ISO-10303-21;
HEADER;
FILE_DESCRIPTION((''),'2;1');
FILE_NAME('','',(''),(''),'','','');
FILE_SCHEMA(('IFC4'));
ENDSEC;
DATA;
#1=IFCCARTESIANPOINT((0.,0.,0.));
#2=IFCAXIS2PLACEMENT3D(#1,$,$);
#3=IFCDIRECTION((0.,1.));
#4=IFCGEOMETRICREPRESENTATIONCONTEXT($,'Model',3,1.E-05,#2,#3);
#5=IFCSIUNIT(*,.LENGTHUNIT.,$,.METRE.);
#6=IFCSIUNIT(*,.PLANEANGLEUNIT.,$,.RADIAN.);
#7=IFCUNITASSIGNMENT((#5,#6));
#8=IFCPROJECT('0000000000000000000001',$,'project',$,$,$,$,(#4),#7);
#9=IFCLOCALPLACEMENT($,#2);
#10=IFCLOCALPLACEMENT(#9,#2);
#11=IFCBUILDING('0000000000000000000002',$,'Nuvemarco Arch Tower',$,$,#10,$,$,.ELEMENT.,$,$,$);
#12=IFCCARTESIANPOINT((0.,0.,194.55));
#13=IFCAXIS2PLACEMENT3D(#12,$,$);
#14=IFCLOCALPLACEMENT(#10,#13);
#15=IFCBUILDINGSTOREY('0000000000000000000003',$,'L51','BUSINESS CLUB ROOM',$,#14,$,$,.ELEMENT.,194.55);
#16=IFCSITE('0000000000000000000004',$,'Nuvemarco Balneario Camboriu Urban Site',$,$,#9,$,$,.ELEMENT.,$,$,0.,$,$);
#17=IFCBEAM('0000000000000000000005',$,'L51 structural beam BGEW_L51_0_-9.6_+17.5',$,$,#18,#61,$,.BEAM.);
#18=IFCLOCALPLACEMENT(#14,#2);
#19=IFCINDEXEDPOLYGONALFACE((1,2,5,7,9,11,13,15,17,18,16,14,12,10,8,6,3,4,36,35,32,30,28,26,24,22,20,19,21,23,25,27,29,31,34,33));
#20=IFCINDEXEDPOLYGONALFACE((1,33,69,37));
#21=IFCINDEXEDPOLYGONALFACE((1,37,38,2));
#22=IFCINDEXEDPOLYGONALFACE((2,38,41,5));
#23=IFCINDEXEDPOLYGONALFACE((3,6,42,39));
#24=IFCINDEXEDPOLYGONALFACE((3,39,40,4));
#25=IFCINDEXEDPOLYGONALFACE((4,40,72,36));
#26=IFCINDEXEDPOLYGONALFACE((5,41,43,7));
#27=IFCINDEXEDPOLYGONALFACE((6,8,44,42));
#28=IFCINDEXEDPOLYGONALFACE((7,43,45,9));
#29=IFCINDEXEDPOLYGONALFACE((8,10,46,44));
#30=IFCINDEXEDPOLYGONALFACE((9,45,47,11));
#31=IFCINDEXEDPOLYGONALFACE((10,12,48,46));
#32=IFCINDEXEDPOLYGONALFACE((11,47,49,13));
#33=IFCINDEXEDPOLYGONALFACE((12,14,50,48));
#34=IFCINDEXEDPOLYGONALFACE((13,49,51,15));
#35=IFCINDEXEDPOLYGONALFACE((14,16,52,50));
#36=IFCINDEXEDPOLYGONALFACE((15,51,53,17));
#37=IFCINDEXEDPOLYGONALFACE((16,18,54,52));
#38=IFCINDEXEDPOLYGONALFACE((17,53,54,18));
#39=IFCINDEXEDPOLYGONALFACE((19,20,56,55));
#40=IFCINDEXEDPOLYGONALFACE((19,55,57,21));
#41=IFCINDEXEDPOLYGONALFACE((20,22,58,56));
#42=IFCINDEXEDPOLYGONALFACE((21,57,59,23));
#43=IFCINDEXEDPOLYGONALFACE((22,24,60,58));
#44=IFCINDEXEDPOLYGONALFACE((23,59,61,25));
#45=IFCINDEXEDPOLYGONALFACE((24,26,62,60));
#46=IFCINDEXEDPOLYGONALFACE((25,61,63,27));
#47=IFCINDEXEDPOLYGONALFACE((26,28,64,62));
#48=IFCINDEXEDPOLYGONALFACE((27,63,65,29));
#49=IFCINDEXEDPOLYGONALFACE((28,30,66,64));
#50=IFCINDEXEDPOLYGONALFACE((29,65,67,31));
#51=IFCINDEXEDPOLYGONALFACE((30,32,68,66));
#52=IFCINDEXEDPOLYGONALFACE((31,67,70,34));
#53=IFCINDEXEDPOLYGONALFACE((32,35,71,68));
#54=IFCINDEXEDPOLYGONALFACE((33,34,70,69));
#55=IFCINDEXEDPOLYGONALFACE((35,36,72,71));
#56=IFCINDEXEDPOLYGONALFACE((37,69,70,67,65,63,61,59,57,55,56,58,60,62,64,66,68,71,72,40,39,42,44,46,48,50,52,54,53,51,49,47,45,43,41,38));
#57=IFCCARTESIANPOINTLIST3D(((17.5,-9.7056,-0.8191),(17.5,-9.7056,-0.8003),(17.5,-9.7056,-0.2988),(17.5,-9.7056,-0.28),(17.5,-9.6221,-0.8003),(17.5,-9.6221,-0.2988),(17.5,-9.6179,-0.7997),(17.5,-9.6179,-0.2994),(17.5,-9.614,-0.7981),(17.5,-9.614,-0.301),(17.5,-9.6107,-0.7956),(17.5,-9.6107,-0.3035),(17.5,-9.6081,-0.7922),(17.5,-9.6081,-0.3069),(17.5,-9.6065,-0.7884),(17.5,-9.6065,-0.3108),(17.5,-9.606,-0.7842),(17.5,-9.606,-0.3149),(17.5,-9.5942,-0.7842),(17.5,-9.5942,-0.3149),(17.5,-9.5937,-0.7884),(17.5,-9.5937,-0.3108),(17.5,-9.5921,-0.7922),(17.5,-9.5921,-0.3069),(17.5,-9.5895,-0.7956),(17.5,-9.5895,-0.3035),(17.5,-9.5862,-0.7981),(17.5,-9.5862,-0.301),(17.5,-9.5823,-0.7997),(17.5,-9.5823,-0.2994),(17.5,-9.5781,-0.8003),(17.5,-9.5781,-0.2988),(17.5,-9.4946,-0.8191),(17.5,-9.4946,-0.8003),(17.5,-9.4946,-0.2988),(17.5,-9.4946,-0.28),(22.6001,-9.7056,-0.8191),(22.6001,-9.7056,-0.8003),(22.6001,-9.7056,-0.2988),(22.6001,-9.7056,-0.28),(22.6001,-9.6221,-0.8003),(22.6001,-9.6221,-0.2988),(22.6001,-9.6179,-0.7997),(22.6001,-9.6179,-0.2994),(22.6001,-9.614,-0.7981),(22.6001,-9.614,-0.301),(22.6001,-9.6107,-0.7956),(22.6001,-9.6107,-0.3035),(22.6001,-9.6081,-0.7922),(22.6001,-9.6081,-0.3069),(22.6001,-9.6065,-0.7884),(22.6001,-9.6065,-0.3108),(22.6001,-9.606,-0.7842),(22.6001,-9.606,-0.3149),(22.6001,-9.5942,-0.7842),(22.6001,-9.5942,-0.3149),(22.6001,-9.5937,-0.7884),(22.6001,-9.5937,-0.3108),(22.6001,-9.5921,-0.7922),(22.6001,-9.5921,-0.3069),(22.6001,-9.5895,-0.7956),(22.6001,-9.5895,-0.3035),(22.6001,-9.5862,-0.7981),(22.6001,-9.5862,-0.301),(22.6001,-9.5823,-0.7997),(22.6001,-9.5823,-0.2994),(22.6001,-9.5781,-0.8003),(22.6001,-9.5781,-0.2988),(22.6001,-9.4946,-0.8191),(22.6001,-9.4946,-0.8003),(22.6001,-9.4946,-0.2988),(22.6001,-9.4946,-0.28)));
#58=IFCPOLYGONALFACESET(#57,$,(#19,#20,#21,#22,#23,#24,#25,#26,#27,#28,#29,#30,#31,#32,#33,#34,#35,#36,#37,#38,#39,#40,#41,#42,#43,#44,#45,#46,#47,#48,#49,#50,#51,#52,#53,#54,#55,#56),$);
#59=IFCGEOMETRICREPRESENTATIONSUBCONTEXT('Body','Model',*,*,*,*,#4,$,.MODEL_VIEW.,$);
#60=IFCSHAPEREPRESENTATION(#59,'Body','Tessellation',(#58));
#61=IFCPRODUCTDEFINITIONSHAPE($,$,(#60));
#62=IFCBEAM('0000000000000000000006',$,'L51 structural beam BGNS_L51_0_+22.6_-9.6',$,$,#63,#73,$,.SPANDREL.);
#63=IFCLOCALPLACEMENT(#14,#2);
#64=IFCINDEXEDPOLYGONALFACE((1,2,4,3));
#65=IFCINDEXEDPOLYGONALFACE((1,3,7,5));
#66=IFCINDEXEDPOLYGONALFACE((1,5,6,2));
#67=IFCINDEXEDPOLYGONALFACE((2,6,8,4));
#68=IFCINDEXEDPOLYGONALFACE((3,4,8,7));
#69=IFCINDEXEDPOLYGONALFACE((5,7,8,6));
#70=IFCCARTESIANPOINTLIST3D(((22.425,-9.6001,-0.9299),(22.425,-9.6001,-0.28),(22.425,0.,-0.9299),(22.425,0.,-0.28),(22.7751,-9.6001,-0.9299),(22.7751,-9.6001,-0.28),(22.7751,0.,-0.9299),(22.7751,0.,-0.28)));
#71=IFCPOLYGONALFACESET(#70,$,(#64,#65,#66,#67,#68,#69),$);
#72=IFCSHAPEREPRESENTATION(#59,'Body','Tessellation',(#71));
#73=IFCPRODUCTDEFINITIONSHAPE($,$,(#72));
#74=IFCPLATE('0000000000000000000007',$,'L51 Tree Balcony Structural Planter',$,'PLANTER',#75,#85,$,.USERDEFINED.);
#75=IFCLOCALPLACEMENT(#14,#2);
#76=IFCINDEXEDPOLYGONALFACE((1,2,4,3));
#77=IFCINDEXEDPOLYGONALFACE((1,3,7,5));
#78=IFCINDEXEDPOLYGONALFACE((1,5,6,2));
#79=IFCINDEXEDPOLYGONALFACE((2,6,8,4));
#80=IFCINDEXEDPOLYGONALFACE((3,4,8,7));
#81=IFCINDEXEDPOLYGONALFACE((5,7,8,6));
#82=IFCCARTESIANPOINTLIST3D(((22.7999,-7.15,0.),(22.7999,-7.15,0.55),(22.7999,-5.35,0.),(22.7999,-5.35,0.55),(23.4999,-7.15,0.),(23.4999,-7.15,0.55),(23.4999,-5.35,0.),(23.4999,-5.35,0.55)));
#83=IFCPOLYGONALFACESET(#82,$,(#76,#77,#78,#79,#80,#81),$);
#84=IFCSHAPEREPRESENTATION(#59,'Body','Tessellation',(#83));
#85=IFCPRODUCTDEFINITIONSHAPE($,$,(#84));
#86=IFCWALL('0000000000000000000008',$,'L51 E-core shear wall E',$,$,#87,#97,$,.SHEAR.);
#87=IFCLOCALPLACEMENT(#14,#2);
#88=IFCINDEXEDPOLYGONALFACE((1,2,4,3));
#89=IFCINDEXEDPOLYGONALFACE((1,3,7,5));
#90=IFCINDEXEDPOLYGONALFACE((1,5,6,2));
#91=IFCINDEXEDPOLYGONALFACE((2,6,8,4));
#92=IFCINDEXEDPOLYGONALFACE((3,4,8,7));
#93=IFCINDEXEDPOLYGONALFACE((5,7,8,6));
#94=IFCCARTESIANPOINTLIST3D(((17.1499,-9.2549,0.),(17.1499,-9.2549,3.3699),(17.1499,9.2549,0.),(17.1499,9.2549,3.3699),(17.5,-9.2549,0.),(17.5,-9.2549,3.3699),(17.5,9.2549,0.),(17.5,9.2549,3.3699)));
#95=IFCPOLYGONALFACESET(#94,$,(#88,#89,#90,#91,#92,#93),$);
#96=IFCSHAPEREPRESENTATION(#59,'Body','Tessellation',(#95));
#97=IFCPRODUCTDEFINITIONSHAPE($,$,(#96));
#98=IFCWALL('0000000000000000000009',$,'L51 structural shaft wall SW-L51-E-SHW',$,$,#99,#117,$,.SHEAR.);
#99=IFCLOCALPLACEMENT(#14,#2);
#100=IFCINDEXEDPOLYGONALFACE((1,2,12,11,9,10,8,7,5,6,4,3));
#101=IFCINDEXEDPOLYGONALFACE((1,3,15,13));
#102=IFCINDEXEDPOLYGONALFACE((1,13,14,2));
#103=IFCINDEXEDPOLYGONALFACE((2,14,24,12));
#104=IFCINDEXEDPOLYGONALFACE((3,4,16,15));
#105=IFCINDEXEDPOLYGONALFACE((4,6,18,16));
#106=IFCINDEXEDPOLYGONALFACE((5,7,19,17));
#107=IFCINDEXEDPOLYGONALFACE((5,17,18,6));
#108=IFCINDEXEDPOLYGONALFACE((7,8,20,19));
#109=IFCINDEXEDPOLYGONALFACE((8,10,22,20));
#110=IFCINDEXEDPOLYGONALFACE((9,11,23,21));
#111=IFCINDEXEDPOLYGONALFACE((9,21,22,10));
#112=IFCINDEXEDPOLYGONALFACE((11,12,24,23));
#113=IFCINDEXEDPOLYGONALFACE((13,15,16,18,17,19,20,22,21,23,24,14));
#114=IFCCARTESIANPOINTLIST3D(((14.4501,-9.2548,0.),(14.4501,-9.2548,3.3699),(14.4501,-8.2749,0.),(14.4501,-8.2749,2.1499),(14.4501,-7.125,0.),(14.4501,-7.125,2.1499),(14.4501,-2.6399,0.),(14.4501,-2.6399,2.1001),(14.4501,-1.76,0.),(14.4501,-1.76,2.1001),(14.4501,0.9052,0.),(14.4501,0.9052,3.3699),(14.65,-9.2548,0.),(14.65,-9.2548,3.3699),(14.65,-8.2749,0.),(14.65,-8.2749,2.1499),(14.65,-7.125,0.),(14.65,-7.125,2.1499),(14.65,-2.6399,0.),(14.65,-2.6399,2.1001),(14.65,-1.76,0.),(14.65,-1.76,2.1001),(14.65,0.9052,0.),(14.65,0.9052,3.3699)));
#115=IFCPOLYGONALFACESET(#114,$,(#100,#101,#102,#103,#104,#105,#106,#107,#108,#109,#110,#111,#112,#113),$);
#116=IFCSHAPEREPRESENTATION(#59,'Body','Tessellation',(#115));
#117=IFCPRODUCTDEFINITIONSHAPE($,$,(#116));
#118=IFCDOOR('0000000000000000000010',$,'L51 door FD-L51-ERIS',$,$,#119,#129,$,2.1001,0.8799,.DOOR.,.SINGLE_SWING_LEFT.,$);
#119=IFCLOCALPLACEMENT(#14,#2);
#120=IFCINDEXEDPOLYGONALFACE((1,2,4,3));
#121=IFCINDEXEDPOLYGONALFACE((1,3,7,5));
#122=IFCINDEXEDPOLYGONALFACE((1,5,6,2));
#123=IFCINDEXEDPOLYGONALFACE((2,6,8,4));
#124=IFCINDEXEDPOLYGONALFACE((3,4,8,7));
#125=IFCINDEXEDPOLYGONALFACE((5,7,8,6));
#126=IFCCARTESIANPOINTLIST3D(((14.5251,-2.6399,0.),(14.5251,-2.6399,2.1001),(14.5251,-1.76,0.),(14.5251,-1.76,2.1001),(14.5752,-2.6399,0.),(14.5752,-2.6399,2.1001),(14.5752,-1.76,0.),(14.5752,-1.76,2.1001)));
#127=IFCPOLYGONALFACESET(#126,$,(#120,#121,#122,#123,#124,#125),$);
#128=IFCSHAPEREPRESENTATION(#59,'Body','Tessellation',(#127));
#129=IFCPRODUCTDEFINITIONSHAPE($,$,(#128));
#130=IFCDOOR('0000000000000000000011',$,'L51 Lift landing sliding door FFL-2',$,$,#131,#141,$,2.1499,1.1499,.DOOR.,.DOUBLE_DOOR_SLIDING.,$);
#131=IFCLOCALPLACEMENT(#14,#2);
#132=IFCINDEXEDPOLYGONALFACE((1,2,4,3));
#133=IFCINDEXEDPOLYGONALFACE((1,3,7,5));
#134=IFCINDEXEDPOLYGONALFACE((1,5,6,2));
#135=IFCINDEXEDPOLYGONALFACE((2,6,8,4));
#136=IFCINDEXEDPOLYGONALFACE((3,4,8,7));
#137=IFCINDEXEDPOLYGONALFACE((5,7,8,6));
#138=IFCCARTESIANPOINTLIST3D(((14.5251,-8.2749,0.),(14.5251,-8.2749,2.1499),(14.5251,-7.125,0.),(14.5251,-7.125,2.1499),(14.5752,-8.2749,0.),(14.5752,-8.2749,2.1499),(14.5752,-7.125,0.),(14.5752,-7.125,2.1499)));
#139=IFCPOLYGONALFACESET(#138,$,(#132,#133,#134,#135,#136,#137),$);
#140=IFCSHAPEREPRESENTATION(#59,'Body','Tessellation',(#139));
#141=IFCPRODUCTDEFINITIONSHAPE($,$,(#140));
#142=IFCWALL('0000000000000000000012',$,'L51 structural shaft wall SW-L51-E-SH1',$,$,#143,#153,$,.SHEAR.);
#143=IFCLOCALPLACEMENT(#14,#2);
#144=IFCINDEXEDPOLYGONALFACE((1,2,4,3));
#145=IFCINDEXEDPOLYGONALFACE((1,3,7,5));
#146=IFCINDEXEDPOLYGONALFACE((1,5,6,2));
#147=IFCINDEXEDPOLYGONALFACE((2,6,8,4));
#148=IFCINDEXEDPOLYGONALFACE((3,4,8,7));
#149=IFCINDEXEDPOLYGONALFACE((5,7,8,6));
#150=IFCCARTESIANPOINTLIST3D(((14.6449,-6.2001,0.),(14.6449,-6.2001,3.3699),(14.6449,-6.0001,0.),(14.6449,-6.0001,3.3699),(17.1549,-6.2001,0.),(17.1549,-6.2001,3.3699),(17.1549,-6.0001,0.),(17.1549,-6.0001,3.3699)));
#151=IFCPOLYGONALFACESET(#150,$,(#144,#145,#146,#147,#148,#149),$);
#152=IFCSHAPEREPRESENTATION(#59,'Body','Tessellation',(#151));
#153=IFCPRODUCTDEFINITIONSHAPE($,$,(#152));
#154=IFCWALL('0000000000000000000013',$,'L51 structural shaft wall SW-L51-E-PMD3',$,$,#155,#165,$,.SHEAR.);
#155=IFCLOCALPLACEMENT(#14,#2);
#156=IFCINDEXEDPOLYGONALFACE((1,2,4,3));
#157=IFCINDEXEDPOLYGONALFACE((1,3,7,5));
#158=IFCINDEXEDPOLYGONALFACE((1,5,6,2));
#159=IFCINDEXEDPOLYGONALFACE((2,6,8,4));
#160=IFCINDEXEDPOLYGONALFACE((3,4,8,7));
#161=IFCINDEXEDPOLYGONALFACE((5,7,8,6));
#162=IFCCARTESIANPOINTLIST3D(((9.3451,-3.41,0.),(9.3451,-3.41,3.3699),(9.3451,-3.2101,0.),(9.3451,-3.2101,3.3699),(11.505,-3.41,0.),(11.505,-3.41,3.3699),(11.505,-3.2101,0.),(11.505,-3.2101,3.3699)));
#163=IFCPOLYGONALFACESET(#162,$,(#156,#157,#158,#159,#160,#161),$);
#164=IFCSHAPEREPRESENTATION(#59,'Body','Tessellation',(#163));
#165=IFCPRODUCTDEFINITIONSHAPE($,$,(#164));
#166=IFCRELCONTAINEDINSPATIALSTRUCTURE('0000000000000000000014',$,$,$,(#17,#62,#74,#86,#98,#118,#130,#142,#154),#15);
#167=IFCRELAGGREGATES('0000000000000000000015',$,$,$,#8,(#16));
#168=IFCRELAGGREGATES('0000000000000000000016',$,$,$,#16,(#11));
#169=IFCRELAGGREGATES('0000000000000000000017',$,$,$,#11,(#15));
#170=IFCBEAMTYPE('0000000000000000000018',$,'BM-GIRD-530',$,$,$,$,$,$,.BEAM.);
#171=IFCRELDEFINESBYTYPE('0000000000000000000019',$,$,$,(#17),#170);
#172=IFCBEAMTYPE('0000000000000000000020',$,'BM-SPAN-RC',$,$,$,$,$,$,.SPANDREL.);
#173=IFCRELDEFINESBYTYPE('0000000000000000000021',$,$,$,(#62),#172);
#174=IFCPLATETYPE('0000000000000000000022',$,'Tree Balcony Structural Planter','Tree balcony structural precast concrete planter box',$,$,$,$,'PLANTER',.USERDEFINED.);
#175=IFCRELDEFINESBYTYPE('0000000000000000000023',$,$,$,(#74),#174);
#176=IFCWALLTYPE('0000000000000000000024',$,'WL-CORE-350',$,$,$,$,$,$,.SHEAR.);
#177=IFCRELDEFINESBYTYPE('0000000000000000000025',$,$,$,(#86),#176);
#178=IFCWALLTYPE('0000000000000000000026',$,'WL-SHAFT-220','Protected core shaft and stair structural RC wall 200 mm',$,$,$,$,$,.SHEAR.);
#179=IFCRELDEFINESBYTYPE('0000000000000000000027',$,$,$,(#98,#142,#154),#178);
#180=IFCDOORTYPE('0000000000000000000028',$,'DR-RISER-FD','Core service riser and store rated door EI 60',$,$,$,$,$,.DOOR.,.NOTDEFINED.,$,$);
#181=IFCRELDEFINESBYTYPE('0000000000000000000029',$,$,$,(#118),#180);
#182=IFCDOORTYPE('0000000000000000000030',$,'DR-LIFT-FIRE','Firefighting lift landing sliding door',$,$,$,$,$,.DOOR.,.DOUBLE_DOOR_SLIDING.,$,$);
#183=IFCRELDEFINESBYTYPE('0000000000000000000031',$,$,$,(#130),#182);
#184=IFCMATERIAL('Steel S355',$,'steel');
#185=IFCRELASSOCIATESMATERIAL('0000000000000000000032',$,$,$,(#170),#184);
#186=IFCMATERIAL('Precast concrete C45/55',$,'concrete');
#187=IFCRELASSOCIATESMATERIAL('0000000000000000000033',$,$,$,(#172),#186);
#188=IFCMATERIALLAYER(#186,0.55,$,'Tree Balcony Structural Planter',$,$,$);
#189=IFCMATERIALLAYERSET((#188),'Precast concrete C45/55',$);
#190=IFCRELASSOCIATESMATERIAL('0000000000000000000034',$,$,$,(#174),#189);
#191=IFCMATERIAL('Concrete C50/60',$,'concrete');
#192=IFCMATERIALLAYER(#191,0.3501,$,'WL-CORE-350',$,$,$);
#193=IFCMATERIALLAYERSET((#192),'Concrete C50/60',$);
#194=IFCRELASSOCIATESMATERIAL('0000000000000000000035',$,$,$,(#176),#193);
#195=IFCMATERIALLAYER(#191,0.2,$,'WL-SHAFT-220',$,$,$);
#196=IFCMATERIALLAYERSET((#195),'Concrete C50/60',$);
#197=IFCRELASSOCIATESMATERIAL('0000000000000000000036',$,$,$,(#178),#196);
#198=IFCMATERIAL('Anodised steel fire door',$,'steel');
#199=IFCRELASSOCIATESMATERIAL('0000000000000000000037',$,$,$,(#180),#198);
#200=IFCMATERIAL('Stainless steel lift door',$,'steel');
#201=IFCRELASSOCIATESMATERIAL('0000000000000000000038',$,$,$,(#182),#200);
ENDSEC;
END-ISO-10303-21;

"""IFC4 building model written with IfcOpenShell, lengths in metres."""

from ifc_helpers import new_model, si_unit, direction, frame, frame_2d, origin, origin_2d, place, context, subcontext, project, spatial, rectangle, i_section, extrude, source, transform, mapped, material, layer, layer_set, material_profile, profile_set, type_object, type_shapes, element, fill, save


model = new_model("IFC4")

# Units and contexts
model_context = context("Model", 3, precision=1e-05, world=origin(), true_north=direction((0.0, 1.0)))
body_context = subcontext(model_context, "Body", "Model", "MODEL_VIEW")
ifc_project = project(units=[si_unit("LENGTHUNIT", "METRE"), si_unit("PLANEANGLEUNIT", "RADIAN")], contexts=[model_context])

# Site, building, storey
site_placement = place(None, origin())
site = spatial("IfcSite", under=ifc_project, at=site_placement, Name="Nuvemarco Balneario Camboriu Urban Site", CompositionType="ELEMENT", RefElevation=0.0)
building_placement = place(site_placement, origin())
building = spatial("IfcBuilding", under=site, at=building_placement, Name="Nuvemarco Arch Tower", CompositionType="ELEMENT")
storey_placement = place(building_placement, frame((0.0, 0.0, 194.55)))
storey = spatial("IfcBuildingStorey", under=building, at=storey_placement, Name="L51", Description="BUSINESS CLUB ROOM", CompositionType="ELEMENT", Elevation=194.55)

# Shared definitions
ifc_material_1 = material(Name="Concrete C50/60", Category="concrete")
ifc_material_2 = material(Name="Steel S355", Category="steel")

# Beams
ifc_material_profile_1 = material_profile(ifc_material_2, i_section(OverallWidth=0.2109, OverallDepth=0.5391, WebThickness=0.0117, FlangeThickness=0.0188, FilletRadius=0.0161, at=origin_2d()), Name="W530x109")
ifc_profile_set_1 = profile_set([ifc_material_profile_1], Name="Steel S355")
beam_type_1 = type_object("IfcBeamType", Name="BM-GIRD-530", PredefinedType="BEAM", material=ifc_profile_set_1)
beam_1_placement = place(storey_placement, frame((17.5, -9.6001, -0.5496), z_axis=(1.0, 0.0, 0.0), x_axis=(0.0, 1.0, 0.0)))
element("IfcBeam", 1, at=beam_1_placement, inside=storey, type_object=beam_type_1, Name="L51 structural beam BGEW_L51_0_-9.6_+17.5", PredefinedType="BEAM", context=body_context, shape_type="SweptSolid", body=[
    extrude(i_section(OverallWidth=0.2109, OverallDepth=0.5391, WebThickness=0.0117, FlangeThickness=0.0188, FilletRadius=0.0161, at=origin_2d()), origin(), (0.0, 0.0, 1.0), 5.1001),
])
ifc_material_3 = material(Name="Precast concrete C45/55", Category="concrete")
ifc_material_profile_2 = material_profile(ifc_material_3, rectangle(XDim=0.3501, YDim=0.6499, at=origin_2d()), Name="PC-SP-350x650")
ifc_profile_set_2 = profile_set([ifc_material_profile_2], Name="Precast concrete C45/55")
beam_type_2 = type_object("IfcBeamType", Name="BM-SPAN-RC", PredefinedType="SPANDREL", material=ifc_profile_set_2)
beam_2_placement = place(storey_placement, frame((22.6001, -9.6001, -0.605), z_axis=(0.0, 1.0, 0.0), x_axis=(-1.0, 0.0, 0.0)))
element("IfcBeam", 2, at=beam_2_placement, inside=storey, type_object=beam_type_2, Name="L51 structural beam BGNS_L51_0_+22.6_-9.6", PredefinedType="SPANDREL", context=body_context, shape_type="SweptSolid", body=[
    extrude(rectangle(XDim=0.3501, YDim=0.6499, at=origin_2d()), origin(), (0.0, 0.0, 1.0), 9.6001),
])

# Plate
ifc_layer_1 = layer(ifc_material_3, 0.55, Name="Tree Balcony Structural Planter")
ifc_layer_set_1 = layer_set([ifc_layer_1], Name="Precast concrete C45/55")
plate_type = type_object("IfcPlateType", Name="Tree Balcony Structural Planter", Description="Tree balcony structural precast concrete planter box", ElementType="PLANTER", PredefinedType="USERDEFINED", material=ifc_layer_set_1)
shared_shape_1 = source(origin(), body_context, "Body", "SweptSolid", [
    extrude(rectangle(XDim=1.8, YDim=0.7, at=origin_2d()), origin(), (0.0, 0.0, 1.0), 0.55),
])
type_shapes(plate_type, [shared_shape_1])
plate_placement = place(storey_placement, frame((23.1499, -6.25, 0.0), z_axis=(0.0, 0.0, 1.0), x_axis=(0.0, 1.0, 0.0)))
element("IfcPlate", 3, at=plate_placement, inside=storey, type_object=plate_type, Name="L51 Tree Balcony Structural Planter", ObjectType="PLANTER", PredefinedType="USERDEFINED", context=body_context, shape_type="MappedRepresentation", body=[
    mapped(shared_shape_1, transform((0.0, 0.0, 0.0), scale=1.0)),
])

# Wall
ifc_layer_2 = layer(ifc_material_1, 0.3501, Name="WL-CORE-350")
ifc_layer_set_2 = layer_set([ifc_layer_2], Name="Concrete C50/60")
wall_type_1 = type_object("IfcWallType", Name="WL-CORE-350", PredefinedType="SHEAR", material=ifc_layer_set_2)
wall_1_placement = place(storey_placement, frame((17.325, -9.2549, 0.0), z_axis=(0.0, 0.0, 1.0), x_axis=(0.0, 1.0, 0.0)))
element("IfcWall", 4, at=wall_1_placement, inside=storey, type_object=wall_type_1, Name="L51 E-core shear wall E", PredefinedType="SHEAR", context=body_context, shape_type="SweptSolid", body=[
    extrude(rectangle(XDim=18.5098, YDim=0.3501, at=frame_2d((9.2549, 0.0))), origin(), (0.0, 0.0, 1.0), 3.3699),
])

# Wall, openings, doors
ifc_layer_3 = layer(ifc_material_1, 0.2, Name="WL-SHAFT-220")
ifc_layer_set_3 = layer_set([ifc_layer_3], Name="Concrete C50/60")
wall_type_2 = type_object("IfcWallType", Name="WL-SHAFT-220", Description="Protected core shaft and stair structural RC wall 200 mm", PredefinedType="SHEAR", material=ifc_layer_set_3)
wall_2_placement = place(storey_placement, frame((14.55, -9.2549, 0.0), z_axis=(0.0, 0.0, 1.0), x_axis=(0.0, 1.0, 0.0)))
wall_2 = element("IfcWall", 5, at=wall_2_placement, inside=storey, type_object=wall_type_2, Name="L51 structural shaft wall SW-L51-E-SHW", PredefinedType="SHEAR", context=body_context, shape_type="SweptSolid", body=[
    extrude(rectangle(XDim=10.1599, YDim=0.2, at=frame_2d((5.0801, 0.0))), origin(), (0.0, 0.0, 1.0), 3.3699),
])
opening_1_placement = place(wall_2_placement, frame((6.615, 0.0, 0.0)))
opening_1 = element("IfcOpeningElement", 6, at=opening_1_placement, cuts=wall_2, PredefinedType="OPENING", context=body_context, shape_type="SweptSolid", body=[
    extrude(rectangle(XDim=0.8799, YDim=2.1001, at=frame_2d((0.4399, 1.05))), frame((0.0, 0.1099, 0.0), z_axis=(0.0, -1.0, 0.0), x_axis=(1.0, 0.0, 0.0)), (0.0, 0.0, 1.0), 0.22),
])
opening_2_placement = place(wall_2_placement, frame((0.98, 0.0, 0.0)))
opening_2 = element("IfcOpeningElement", 7, at=opening_2_placement, cuts=wall_2, PredefinedType="OPENING", context=body_context, shape_type="SweptSolid", body=[
    extrude(rectangle(XDim=1.1499, YDim=2.1499, at=frame_2d((0.575, 1.075))), frame((0.0, 0.1099, 0.0), z_axis=(0.0, -1.0, 0.0), x_axis=(1.0, 0.0, 0.0)), (0.0, 0.0, 1.0), 0.22),
])
ifc_material_4 = material(Name="Anodised steel fire door", Category="steel")
door_type_1 = type_object("IfcDoorType", Name="DR-RISER-FD", Description="Core service riser and store rated door EI 60", OperationType="NOTDEFINED", PredefinedType="DOOR", material=ifc_material_4)
shared_shape_2 = source(origin(), body_context, "Body", "SweptSolid", [
    extrude(rectangle(XDim=0.8799, YDim=2.1001, at=frame_2d((0.4399, 1.05))), frame((0.0, 0.0249, 0.0), z_axis=(0.0, -1.0, 0.0), x_axis=(1.0, 0.0, 0.0)), (0.0, 0.0, 1.0), 0.05),
])
type_shapes(door_type_1, [shared_shape_2])
door_1_placement = place(opening_1_placement, origin())
door_1 = element("IfcDoor", 8, at=door_1_placement, inside=storey, type_object=door_type_1, Name="L51 door FD-L51-ERIS", OperationType="SINGLE_SWING_LEFT", OverallHeight=2.1001, OverallWidth=0.8799, PredefinedType="DOOR", context=body_context, shape_type="MappedRepresentation", body=[
    mapped(shared_shape_2, transform((0.0, 0.0, 0.0), scale=1.0)),
])
fill(opening_1, door_1)
ifc_material_5 = material(Name="Stainless steel lift door", Category="steel")
door_type_2 = type_object("IfcDoorType", Name="DR-LIFT-FIRE", Description="Firefighting lift landing sliding door", OperationType="DOUBLE_DOOR_SLIDING", PredefinedType="DOOR", material=ifc_material_5)
shared_shape_3 = source(origin(), body_context, "Body", "SweptSolid", [
    extrude(rectangle(XDim=1.1499, YDim=2.1499, at=frame_2d((0.575, 1.075))), frame((0.0, 0.0249, 0.0), z_axis=(0.0, -1.0, 0.0), x_axis=(1.0, 0.0, 0.0)), (0.0, 0.0, 1.0), 0.05),
])
type_shapes(door_type_2, [shared_shape_3])
door_2_placement = place(opening_2_placement, origin())
door_2 = element("IfcDoor", 9, at=door_2_placement, inside=storey, type_object=door_type_2, Name="L51 Lift landing sliding door FFL-2", OperationType="DOUBLE_DOOR_SLIDING", OverallHeight=2.1499, OverallWidth=1.1499, PredefinedType="DOOR", context=body_context, shape_type="MappedRepresentation", body=[
    mapped(shared_shape_3, transform((0.0, 0.0, 0.0), scale=1.0)),
])
fill(opening_2, door_2)

# Wall
wall_3_placement = place(storey_placement, frame((14.645, -6.1001, 0.0), z_axis=(0.0, 0.0, 1.0), x_axis=(1.0, 0.0, 0.0)))
element("IfcWall", 10, at=wall_3_placement, inside=storey, type_object=wall_type_2, Name="L51 structural shaft wall SW-L51-E-SH1", PredefinedType="SHEAR", context=body_context, shape_type="SweptSolid", body=[
    extrude(rectangle(XDim=2.51, YDim=0.2, at=frame_2d((1.2549, 0.0))), origin(), (0.0, 0.0, 1.0), 3.3699),
])

# Wall
for number, where, z_axis, x_axis, name in (
    (11, (9.345, -3.3101, 0.0), (0.0, 0.0, 1.0), (1.0, 0.0, 0.0), "L51 structural shaft wall SW-L51-E-PMD3"),
):
    element("IfcWall", number, at=place(storey_placement, frame(where, z_axis=z_axis, x_axis=x_axis)), inside=storey, type_object=wall_type_2, Name=name, PredefinedType="SHEAR", context=body_context, shape_type="SweptSolid", body=[
        extrude(rectangle(XDim=2.1599, YDim=0.2, at=frame_2d((1.0801, 0.0))), origin(), (0.0, 0.0, 1.0), 3.3699),
    ])

save(model, "model.ifc")
